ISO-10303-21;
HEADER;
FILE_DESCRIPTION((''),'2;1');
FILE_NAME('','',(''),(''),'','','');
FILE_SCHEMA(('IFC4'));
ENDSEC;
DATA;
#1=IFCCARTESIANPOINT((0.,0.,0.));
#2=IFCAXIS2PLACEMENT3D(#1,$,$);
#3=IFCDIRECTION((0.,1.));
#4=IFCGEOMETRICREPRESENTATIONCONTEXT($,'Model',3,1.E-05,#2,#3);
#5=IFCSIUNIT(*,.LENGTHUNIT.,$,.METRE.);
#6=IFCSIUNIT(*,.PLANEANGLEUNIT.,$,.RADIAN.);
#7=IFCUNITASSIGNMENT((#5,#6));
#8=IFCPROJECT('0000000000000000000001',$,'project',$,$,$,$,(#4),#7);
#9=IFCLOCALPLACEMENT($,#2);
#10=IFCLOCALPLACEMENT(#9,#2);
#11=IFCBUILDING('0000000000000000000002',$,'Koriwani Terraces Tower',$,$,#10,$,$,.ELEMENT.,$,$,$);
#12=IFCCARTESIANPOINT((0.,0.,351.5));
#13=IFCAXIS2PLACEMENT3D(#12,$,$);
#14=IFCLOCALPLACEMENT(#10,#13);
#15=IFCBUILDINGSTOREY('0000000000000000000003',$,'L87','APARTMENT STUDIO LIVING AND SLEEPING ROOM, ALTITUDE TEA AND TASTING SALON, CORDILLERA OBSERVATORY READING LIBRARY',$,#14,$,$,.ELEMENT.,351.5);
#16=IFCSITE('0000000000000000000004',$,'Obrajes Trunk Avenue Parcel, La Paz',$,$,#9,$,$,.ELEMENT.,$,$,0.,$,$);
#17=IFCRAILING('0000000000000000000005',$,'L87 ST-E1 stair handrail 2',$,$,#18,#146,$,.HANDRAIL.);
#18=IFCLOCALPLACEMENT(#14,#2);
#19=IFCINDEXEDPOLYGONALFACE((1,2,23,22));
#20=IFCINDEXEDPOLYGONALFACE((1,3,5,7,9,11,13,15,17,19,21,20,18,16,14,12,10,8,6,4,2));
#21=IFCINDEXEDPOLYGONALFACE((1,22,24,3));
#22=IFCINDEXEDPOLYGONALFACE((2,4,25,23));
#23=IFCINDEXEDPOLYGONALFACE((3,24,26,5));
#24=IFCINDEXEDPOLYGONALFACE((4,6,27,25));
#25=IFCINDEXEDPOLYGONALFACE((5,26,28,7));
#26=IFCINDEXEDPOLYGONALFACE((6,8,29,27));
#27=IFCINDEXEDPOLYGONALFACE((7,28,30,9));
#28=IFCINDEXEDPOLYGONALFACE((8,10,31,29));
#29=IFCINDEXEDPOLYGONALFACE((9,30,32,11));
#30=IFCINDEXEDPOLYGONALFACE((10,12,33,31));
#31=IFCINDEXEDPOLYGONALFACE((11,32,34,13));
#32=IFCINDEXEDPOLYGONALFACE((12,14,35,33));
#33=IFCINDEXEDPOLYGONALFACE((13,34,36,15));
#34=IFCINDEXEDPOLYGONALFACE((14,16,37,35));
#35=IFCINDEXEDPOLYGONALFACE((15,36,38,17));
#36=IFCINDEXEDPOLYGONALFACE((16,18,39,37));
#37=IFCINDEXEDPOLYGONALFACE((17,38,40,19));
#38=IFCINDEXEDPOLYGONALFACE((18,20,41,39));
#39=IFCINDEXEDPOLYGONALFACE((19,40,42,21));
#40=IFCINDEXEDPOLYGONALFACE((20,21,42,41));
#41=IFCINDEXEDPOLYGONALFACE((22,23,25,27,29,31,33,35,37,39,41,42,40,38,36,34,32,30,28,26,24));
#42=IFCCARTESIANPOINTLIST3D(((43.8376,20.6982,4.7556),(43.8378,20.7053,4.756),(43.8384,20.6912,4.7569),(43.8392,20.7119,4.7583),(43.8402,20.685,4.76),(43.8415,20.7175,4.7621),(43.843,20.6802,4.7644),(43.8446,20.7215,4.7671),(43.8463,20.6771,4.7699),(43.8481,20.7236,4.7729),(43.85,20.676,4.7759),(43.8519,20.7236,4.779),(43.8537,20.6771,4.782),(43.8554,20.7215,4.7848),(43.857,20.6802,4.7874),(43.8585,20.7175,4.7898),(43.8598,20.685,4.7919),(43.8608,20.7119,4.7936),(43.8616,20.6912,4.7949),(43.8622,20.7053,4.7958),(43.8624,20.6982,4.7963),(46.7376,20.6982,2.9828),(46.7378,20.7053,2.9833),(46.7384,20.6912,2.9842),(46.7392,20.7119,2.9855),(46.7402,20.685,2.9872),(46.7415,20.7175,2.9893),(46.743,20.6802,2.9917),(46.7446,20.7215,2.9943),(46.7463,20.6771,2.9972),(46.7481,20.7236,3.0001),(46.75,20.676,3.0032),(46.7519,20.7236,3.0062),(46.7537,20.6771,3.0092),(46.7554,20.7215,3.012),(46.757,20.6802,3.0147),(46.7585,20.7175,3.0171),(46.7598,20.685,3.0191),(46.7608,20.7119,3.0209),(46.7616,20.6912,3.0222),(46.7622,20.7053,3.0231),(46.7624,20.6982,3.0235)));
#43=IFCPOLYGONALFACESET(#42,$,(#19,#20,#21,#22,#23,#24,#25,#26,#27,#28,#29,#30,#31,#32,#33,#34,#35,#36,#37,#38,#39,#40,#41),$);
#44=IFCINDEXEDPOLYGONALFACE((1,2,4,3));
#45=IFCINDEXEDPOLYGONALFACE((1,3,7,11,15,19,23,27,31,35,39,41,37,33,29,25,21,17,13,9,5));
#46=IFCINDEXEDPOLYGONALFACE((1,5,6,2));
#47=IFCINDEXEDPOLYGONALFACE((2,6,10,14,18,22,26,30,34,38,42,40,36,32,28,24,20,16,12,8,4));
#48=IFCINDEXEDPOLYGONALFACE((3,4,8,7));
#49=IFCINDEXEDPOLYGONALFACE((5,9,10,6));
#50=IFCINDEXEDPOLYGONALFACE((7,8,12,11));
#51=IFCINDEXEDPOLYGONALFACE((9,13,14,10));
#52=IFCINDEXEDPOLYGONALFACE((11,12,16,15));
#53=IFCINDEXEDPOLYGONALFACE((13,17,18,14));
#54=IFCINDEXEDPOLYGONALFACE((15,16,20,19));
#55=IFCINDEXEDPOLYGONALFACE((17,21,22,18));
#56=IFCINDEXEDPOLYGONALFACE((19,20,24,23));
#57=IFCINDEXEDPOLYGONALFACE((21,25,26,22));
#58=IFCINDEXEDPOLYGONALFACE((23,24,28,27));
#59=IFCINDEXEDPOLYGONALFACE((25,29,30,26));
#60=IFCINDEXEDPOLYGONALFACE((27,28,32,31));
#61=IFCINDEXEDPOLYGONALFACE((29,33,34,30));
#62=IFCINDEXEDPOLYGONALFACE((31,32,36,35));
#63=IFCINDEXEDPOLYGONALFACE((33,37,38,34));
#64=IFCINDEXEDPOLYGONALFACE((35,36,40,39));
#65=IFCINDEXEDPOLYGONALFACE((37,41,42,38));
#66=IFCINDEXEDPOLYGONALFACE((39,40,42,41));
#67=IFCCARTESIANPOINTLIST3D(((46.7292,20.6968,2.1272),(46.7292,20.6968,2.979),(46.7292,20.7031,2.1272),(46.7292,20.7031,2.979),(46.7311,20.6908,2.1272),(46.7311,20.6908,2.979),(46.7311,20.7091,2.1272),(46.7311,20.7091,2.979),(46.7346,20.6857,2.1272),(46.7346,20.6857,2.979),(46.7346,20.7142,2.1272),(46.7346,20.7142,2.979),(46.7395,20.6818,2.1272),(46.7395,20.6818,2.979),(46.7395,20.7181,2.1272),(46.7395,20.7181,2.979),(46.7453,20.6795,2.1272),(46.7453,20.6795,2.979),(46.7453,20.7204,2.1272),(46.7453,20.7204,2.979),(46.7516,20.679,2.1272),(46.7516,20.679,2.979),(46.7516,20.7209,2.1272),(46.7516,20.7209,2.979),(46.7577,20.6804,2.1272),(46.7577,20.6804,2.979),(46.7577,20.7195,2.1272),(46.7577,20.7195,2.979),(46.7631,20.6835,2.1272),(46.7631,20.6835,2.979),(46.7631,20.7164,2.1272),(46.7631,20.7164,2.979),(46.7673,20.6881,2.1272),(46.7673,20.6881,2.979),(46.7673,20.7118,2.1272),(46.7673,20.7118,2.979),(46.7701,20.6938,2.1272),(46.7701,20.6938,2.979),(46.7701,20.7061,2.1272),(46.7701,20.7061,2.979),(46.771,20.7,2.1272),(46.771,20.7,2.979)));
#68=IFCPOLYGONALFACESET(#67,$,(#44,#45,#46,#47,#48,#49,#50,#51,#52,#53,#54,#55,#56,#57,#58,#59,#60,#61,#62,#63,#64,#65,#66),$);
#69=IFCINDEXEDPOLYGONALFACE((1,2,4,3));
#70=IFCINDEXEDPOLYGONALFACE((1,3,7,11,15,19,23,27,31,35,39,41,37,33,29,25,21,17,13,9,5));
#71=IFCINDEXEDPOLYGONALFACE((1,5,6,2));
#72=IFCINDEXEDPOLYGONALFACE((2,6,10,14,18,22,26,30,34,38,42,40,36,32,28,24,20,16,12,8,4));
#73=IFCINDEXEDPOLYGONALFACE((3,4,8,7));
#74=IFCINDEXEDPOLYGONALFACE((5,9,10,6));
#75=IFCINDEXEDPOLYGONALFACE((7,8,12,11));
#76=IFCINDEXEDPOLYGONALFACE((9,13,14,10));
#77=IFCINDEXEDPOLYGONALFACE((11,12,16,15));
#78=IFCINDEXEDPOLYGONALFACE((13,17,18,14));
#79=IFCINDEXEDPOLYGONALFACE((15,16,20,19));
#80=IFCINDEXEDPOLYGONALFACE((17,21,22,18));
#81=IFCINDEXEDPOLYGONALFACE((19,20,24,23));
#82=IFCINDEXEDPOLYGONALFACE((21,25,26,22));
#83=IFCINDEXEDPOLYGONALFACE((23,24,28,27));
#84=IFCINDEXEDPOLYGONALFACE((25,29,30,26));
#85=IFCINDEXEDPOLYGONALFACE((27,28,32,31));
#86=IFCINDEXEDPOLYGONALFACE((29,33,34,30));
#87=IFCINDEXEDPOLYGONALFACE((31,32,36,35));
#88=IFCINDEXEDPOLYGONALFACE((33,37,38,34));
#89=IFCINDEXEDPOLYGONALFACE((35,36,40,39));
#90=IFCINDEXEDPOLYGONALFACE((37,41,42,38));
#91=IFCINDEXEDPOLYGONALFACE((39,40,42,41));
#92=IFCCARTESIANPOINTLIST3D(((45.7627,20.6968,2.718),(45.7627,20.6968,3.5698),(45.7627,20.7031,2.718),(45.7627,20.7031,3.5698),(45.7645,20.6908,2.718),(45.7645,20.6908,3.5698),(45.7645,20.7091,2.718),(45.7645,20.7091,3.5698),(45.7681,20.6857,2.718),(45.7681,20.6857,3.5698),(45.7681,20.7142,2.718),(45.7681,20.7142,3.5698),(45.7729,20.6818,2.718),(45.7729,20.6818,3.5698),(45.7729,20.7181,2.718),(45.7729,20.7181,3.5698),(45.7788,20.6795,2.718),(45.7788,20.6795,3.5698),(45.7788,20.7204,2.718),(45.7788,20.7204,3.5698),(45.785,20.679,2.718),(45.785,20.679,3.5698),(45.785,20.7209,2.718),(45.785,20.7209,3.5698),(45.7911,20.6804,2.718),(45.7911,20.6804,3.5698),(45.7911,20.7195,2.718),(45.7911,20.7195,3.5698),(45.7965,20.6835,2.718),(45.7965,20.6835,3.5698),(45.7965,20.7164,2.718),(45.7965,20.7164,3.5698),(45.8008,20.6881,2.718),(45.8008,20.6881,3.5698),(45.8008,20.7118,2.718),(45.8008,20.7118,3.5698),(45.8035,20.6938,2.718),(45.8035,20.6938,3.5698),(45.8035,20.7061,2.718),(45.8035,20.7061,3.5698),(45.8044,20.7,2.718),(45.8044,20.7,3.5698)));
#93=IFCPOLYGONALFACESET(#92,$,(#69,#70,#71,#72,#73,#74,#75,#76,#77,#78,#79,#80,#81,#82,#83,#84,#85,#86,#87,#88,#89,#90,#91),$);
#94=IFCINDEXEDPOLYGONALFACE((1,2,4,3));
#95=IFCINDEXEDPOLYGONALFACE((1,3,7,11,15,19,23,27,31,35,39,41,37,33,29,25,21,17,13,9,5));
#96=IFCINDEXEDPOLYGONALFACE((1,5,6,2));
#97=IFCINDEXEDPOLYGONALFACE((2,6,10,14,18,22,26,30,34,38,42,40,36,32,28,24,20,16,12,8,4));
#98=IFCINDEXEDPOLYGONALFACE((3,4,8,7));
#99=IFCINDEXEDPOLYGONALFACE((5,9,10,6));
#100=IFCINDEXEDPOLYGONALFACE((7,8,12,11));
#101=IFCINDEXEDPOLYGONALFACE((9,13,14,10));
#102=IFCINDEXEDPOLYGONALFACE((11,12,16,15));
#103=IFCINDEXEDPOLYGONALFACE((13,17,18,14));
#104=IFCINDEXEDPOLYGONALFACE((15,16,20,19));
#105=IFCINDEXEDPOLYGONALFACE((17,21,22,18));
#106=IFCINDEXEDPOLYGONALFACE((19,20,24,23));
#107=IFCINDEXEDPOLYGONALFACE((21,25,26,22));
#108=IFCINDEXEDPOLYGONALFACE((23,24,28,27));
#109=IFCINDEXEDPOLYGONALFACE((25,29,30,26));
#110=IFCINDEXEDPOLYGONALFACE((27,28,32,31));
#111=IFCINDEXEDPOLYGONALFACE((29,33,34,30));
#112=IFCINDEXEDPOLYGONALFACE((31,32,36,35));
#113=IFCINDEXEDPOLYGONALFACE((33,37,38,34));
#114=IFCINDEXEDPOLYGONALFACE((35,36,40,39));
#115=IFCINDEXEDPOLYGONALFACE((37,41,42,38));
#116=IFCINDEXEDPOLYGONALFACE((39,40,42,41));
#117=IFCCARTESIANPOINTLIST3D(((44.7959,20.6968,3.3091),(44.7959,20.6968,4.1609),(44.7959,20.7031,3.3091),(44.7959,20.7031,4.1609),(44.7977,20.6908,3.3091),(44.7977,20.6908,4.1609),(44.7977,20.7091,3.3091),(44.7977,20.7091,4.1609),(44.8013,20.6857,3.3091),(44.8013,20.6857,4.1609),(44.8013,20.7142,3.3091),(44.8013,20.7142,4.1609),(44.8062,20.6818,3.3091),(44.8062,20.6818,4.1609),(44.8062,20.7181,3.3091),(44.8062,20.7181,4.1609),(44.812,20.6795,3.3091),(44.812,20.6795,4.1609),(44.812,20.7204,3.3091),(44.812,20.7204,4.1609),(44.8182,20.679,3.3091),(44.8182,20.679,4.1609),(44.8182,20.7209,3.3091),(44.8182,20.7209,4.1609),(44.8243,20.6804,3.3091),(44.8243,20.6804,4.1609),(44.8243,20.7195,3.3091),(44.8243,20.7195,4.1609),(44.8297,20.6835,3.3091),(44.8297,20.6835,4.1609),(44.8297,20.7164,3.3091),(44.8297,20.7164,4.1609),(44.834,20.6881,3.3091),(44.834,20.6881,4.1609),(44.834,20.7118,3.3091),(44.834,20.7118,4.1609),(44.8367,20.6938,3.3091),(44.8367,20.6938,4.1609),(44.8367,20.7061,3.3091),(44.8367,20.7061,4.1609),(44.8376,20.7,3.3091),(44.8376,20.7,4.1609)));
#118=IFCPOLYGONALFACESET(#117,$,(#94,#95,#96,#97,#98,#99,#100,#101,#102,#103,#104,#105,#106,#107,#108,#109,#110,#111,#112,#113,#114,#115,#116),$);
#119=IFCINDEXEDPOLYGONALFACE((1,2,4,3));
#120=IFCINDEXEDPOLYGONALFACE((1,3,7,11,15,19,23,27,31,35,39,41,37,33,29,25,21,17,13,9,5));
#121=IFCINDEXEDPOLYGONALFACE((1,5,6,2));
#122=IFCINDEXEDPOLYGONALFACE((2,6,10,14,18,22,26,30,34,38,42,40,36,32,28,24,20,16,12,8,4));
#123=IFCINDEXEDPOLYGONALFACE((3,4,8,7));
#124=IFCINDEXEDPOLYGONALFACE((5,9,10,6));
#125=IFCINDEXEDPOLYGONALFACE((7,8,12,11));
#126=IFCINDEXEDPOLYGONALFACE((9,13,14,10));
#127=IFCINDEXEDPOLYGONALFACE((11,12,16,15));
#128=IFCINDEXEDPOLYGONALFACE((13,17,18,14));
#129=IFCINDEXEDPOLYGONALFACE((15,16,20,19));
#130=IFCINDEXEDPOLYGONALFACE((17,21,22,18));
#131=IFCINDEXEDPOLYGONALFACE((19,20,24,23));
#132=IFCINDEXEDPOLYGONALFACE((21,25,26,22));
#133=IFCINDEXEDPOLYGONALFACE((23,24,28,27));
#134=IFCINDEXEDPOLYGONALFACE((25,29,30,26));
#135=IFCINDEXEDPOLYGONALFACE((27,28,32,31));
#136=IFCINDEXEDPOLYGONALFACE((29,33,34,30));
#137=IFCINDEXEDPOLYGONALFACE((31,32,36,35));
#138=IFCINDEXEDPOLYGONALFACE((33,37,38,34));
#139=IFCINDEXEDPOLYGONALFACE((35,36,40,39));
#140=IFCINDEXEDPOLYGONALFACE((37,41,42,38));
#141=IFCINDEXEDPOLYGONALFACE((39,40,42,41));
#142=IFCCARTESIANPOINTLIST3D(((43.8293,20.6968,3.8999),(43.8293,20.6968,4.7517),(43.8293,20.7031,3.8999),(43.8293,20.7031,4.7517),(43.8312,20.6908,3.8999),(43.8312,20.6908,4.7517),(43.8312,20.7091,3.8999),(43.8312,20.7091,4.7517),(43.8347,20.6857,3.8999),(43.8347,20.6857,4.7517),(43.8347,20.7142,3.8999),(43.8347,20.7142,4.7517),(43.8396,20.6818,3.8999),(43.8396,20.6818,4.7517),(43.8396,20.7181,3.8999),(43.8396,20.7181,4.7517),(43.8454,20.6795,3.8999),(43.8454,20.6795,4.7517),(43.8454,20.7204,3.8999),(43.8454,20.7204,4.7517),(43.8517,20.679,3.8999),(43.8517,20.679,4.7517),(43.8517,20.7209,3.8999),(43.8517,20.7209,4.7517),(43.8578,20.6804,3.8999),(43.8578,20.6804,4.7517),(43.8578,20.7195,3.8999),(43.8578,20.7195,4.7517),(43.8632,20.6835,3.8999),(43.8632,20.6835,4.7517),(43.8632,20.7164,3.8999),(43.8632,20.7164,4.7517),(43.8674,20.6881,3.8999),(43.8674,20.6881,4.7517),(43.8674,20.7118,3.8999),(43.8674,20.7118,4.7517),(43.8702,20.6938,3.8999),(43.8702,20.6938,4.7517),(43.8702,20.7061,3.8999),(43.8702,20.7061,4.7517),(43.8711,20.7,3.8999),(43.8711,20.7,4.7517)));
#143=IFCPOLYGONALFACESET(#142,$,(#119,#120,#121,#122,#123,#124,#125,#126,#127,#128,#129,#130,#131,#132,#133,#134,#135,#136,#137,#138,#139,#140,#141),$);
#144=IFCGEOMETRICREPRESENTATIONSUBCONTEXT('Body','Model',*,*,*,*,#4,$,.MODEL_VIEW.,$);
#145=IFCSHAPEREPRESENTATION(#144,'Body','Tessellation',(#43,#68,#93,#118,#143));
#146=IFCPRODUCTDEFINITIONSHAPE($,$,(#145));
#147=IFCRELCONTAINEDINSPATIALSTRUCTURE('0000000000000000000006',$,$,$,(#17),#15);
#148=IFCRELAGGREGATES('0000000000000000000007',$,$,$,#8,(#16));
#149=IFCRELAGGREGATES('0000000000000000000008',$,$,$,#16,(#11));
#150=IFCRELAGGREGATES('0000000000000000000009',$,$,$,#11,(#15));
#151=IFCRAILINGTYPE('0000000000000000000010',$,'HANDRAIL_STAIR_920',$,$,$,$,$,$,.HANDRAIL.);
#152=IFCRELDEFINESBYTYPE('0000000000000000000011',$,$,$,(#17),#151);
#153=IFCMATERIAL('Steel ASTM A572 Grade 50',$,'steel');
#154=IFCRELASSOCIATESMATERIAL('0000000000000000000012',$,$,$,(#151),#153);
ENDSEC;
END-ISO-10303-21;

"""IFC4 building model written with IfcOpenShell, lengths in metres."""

from ifc_helpers import new_model, si_unit, direction, frame, origin, origin_2d, place, context, subcontext, project, spatial, circle, extrude, material, type_object, element, save


model = new_model("IFC4")

# Units and contexts
model_context = context("Model", 3, precision=1e-05, world=origin(), true_north=direction((0.0, 1.0)))
body_context = subcontext(model_context, "Body", "Model", "MODEL_VIEW")
ifc_project = project(units=[si_unit("LENGTHUNIT", "METRE"), si_unit("PLANEANGLEUNIT", "RADIAN")], contexts=[model_context])

# Site, building, storey
site_placement = place(None, origin())
site = spatial("IfcSite", under=ifc_project, at=site_placement, Name="Obrajes Trunk Avenue Parcel, La Paz", CompositionType="ELEMENT", RefElevation=0.0)
building_placement = place(site_placement, origin())
building = spatial("IfcBuilding", under=site, at=building_placement, Name="Koriwani Terraces Tower", CompositionType="ELEMENT")
storey_placement = place(building_placement, frame((0.0, 0.0, 351.5)))
storey = spatial("IfcBuildingStorey", under=building, at=storey_placement, Name="L87", Description="APARTMENT STUDIO LIVING AND SLEEPING ROOM, ALTITUDE TEA AND TASTING SALON, CORDILLERA OBSERVATORY READING LIBRARY", CompositionType="ELEMENT", Elevation=351.5)

# Shared definitions
ifc_material_1 = material(Name="Steel ASTM A572 Grade 50", Category="steel")

# Railing
railing_type_1 = type_object("IfcRailingType", Name="HANDRAIL_STAIR_920", PredefinedType="HANDRAIL", material=ifc_material_1)
railing_1_placement = place(storey_placement, frame((46.75, 20.7, 2.1272)))
element("IfcRailing", 1, at=railing_1_placement, inside=storey, type_object=railing_type_1, Name="L87 ST-E1 stair handrail 2", PredefinedType="HANDRAIL", context=body_context, shape_type="SweptSolid", body=[
    extrude(circle(Radius=0.0239, at=origin_2d()), frame((0.0, 0.0, 0.876), z_axis=(-0.853211, 0.0, 0.521566), x_axis=(0.0, -1.0, 0.0)), (0.0, 0.0, 1.0), 3.3989),
    extrude(circle(Radius=0.021, at=origin_2d()), origin(), (0.0, 0.0, 1.0), 0.8518),
    extrude(circle(Radius=0.021, at=origin_2d()), frame((-0.9666, 0.0, 0.5908)), (0.0, 0.0, 1.0), 0.8518),
    extrude(circle(Radius=0.021, at=origin_2d()), frame((-1.9333, 0.0, 1.1819)), (0.0, 0.0, 1.0), 0.8518),
    extrude(circle(Radius=0.021, at=origin_2d()), frame((-2.8999, 0.0, 1.7727)), (0.0, 0.0, 1.0), 0.8518),
])

save(model, "model.ifc")
